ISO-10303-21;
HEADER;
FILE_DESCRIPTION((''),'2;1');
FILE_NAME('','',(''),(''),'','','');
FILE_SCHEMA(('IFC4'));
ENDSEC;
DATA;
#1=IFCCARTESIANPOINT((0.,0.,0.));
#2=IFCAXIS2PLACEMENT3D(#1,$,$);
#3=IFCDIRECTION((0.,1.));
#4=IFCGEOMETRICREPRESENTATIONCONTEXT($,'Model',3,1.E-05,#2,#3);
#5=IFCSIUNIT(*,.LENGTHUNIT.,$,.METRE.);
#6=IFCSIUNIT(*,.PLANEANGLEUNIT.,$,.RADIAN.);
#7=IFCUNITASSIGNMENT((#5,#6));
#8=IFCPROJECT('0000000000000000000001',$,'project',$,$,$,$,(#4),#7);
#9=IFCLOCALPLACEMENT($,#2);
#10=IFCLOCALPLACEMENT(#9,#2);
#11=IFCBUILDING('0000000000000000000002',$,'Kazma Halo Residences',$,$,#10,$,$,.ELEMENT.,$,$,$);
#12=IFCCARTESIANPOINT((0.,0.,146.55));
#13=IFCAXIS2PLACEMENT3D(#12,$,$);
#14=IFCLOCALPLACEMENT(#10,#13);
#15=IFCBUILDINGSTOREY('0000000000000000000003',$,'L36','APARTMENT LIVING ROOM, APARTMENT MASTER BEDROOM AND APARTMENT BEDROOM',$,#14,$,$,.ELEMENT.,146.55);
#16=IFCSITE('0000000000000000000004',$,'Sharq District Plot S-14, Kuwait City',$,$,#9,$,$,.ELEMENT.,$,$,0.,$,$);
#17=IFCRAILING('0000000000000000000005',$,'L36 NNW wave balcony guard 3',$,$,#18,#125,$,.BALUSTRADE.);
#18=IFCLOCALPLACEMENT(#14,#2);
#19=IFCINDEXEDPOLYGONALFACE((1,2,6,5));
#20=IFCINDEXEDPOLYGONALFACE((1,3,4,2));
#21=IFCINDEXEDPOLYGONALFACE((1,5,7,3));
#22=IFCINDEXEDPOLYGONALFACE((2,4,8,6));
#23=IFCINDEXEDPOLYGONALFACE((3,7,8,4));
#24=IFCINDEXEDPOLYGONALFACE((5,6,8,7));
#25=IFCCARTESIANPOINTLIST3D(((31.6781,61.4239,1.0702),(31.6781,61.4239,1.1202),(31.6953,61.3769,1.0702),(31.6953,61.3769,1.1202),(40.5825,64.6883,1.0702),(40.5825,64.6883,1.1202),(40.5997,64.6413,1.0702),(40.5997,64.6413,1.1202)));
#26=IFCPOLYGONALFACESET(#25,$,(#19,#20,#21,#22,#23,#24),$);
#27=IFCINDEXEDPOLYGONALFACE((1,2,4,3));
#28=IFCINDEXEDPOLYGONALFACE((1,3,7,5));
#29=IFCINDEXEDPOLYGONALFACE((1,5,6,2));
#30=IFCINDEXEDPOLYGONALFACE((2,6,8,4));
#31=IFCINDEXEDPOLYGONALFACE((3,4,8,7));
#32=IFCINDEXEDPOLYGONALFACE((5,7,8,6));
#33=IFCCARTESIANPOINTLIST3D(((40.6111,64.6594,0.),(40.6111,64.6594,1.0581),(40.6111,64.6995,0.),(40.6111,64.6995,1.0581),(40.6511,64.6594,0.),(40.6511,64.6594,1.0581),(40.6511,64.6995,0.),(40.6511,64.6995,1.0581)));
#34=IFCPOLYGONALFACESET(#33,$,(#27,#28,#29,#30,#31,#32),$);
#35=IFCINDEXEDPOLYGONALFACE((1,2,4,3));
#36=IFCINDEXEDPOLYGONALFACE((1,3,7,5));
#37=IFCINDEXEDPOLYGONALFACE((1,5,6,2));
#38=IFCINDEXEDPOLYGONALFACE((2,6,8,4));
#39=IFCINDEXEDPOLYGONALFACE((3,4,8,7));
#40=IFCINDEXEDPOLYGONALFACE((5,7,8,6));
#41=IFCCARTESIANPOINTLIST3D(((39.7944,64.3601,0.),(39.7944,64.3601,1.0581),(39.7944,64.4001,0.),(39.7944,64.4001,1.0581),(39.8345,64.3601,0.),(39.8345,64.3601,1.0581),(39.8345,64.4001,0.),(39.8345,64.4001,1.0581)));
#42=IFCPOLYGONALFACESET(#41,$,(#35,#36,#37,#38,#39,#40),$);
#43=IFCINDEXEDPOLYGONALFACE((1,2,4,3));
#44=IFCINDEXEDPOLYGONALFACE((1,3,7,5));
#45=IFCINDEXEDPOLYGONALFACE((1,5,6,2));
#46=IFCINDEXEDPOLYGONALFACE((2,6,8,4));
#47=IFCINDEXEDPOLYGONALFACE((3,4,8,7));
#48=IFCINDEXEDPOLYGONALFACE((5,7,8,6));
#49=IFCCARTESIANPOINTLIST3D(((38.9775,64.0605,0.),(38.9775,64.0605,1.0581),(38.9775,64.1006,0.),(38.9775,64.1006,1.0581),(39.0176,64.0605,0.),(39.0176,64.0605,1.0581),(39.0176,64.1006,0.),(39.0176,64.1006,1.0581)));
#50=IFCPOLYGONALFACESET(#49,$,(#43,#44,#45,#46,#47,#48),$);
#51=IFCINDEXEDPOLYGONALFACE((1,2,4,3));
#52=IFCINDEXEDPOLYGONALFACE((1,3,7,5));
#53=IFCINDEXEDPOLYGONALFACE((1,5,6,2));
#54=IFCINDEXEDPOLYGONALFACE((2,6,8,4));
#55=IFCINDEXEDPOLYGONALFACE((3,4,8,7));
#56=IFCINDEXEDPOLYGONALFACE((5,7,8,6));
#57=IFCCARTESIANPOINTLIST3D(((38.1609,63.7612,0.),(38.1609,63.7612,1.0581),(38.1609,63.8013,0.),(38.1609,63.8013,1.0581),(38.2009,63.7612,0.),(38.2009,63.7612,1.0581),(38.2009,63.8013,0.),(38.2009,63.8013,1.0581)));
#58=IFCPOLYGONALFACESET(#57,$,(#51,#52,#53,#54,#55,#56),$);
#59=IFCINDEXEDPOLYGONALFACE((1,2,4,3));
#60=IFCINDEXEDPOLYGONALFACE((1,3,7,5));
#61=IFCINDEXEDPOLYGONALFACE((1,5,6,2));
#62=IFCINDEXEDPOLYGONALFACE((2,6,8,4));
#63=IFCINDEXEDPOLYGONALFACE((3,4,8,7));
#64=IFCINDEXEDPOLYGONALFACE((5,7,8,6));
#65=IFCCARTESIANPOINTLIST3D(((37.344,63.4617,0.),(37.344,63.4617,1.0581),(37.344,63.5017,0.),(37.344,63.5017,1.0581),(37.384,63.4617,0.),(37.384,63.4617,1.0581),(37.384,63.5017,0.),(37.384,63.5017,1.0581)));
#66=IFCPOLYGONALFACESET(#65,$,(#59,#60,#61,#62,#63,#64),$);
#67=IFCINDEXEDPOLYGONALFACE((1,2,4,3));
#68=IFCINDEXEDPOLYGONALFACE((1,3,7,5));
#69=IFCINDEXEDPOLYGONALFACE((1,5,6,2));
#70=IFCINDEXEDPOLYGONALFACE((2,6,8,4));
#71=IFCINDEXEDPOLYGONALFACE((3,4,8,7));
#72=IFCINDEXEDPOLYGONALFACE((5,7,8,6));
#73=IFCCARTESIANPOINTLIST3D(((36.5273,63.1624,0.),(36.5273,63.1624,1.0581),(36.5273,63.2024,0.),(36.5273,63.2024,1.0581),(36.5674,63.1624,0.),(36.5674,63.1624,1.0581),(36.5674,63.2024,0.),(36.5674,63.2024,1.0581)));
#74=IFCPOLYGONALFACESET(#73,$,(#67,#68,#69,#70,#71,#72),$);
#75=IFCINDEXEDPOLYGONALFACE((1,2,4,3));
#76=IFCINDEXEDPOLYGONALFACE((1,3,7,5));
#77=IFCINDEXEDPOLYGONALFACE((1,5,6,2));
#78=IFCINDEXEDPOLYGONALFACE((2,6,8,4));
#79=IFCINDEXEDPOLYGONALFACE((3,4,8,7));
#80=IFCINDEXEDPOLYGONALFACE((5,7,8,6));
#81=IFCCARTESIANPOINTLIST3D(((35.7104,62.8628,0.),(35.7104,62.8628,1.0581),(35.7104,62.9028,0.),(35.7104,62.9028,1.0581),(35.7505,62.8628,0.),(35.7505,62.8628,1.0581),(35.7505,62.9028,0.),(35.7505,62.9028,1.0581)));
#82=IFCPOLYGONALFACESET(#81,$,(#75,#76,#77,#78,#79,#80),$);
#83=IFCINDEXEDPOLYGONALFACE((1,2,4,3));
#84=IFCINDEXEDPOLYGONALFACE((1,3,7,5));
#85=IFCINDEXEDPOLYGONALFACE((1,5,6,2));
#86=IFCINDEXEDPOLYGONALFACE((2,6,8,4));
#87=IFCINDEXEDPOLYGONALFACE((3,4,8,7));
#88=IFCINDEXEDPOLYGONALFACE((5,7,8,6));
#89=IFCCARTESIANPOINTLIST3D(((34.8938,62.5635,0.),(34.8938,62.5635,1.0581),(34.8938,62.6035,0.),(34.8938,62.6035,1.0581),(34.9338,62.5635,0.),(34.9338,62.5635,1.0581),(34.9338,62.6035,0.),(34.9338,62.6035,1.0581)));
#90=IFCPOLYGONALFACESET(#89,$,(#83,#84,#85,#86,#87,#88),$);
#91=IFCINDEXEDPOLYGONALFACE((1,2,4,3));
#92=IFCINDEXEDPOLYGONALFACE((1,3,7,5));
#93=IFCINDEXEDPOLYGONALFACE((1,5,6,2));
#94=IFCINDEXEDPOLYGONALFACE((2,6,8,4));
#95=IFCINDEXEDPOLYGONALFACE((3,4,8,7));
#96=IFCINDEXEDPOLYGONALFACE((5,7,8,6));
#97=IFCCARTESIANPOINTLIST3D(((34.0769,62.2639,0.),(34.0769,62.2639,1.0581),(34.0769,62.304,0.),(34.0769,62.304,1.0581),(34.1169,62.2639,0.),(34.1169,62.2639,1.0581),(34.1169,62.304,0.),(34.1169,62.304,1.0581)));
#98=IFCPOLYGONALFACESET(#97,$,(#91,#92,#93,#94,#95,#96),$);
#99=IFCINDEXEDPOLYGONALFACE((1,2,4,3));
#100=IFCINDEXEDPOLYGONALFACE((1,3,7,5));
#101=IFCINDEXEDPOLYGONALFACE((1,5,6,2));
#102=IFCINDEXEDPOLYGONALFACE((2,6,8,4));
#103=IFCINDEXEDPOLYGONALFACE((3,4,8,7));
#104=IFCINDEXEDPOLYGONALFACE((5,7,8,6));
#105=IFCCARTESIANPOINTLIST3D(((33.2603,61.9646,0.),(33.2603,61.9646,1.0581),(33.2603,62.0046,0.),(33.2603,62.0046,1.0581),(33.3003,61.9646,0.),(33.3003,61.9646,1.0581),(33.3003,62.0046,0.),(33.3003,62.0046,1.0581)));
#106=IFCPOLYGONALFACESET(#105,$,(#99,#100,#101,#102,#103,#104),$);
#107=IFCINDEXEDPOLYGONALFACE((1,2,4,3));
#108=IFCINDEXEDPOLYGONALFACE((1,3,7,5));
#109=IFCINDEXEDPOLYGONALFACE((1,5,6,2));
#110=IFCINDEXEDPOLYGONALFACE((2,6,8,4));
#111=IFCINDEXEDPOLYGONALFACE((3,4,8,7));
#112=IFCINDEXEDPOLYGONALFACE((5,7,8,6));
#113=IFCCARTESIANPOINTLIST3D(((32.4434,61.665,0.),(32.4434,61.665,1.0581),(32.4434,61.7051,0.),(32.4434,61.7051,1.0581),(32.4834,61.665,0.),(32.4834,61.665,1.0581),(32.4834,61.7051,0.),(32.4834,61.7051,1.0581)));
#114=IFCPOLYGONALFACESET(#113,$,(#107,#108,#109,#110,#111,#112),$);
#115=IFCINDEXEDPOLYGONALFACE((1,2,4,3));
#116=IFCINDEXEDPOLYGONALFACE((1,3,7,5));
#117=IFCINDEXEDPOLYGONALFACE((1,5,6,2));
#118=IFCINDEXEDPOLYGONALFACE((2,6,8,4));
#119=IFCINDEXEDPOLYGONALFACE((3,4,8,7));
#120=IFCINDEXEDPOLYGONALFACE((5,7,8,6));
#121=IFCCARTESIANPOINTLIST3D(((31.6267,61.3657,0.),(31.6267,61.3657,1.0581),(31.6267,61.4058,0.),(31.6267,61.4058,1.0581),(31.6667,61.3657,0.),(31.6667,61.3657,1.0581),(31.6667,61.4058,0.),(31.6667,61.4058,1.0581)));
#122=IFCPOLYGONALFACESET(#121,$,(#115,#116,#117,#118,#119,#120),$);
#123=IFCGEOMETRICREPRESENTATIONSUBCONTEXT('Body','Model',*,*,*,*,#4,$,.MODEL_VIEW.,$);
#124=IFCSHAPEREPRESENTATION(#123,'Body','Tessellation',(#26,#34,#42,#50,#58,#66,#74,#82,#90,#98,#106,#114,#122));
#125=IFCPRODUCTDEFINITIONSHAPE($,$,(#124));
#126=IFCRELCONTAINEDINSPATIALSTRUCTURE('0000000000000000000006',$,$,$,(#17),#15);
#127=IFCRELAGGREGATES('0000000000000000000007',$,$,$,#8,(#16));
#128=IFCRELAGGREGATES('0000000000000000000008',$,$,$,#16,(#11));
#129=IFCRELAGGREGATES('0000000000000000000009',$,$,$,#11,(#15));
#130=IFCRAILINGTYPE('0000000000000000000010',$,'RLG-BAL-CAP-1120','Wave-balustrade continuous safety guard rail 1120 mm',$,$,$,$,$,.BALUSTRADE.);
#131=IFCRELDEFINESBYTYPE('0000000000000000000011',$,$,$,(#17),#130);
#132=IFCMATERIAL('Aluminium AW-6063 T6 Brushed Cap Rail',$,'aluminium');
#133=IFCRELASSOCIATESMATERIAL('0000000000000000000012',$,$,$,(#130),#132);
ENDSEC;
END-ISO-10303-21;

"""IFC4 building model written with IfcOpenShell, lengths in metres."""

from ifc_helpers import new_model, si_unit, direction, frame, origin, origin_2d, place, context, subcontext, project, spatial, rectangle, extrude, material, type_object, element, save


model = new_model("IFC4")

# Units and contexts
model_context = context("Model", 3, precision=1e-05, world=origin(), true_north=direction((0.0, 1.0)))
body_context = subcontext(model_context, "Body", "Model", "MODEL_VIEW")
ifc_project = project(units=[si_unit("LENGTHUNIT", "METRE"), si_unit("PLANEANGLEUNIT", "RADIAN")], contexts=[model_context])

# Site, building, storey
site_placement = place(None, origin())
site = spatial("IfcSite", under=ifc_project, at=site_placement, Name="Sharq District Plot S-14, Kuwait City", CompositionType="ELEMENT", RefElevation=0.0)
building_placement = place(site_placement, origin())
building = spatial("IfcBuilding", under=site, at=building_placement, Name="Kazma Halo Residences", CompositionType="ELEMENT")
storey_placement = place(building_placement, frame((0.0, 0.0, 146.55)))
storey = spatial("IfcBuildingStorey", under=building, at=storey_placement, Name="L36", Description="APARTMENT LIVING ROOM, APARTMENT MASTER BEDROOM AND APARTMENT BEDROOM", CompositionType="ELEMENT", Elevation=146.55)

# Railing
ifc_material_1 = material(Name="Aluminium AW-6063 T6 Brushed Cap Rail", Category="aluminium")
railing_type = type_object("IfcRailingType", Name="RLG-BAL-CAP-1120", Description="Wave-balustrade continuous safety guard rail 1120 mm", PredefinedType="BALUSTRADE", material=ifc_material_1)
railing_placement = place(storey_placement, frame((40.6311, 64.6794, 0.0)))
element("IfcRailing", 1, at=railing_placement, inside=storey, type_object=railing_type, Name="L36 NNW wave balcony guard 3", PredefinedType="BALUSTRADE", context=body_context, shape_type="SweptSolid", body=[
    extrude(rectangle(XDim=0.05, YDim=0.05, at=origin_2d()), frame((-0.04, -0.0146, 1.0952), z_axis=(-0.938896, -0.344202, 0.0), x_axis=(0.344202, -0.938896, 0.0)), (0.0, 0.0, 1.0), 9.4839),
    extrude(rectangle(XDim=0.04, YDim=0.04, at=origin_2d()), origin(), (0.0, 0.0, 1.0), 1.0581),
    extrude(rectangle(XDim=0.04, YDim=0.04, at=origin_2d()), frame((-0.8167, -0.2993, 0.0)), (0.0, 0.0, 1.0), 1.0581),
    extrude(rectangle(XDim=0.04, YDim=0.04, at=origin_2d()), frame((-1.6335, -0.5989, 0.0)), (0.0, 0.0, 1.0), 1.0581),
    extrude(rectangle(XDim=0.04, YDim=0.04, at=origin_2d()), frame((-2.4502, -0.8982, 0.0)), (0.0, 0.0, 1.0), 1.0581),
    extrude(rectangle(XDim=0.04, YDim=0.04, at=origin_2d()), frame((-3.2671, -1.1978, 0.0)), (0.0, 0.0, 1.0), 1.0581),
    extrude(rectangle(XDim=0.04, YDim=0.04, at=origin_2d()), frame((-4.0837, -1.4971, 0.0)), (0.0, 0.0, 1.0), 1.0581),
    extrude(rectangle(XDim=0.04, YDim=0.04, at=origin_2d()), frame((-4.9006, -1.7966, 0.0)), (0.0, 0.0, 1.0), 1.0581),
    extrude(rectangle(XDim=0.04, YDim=0.04, at=origin_2d()), frame((-5.7173, -2.0959, 0.0)), (0.0, 0.0, 1.0), 1.0581),
    extrude(rectangle(XDim=0.04, YDim=0.04, at=origin_2d()), frame((-6.5342, -2.3955, 0.0)), (0.0, 0.0, 1.0), 1.0581),
    extrude(rectangle(XDim=0.04, YDim=0.04, at=origin_2d()), frame((-7.3508, -2.6948, 0.0)), (0.0, 0.0, 1.0), 1.0581),
    extrude(rectangle(XDim=0.04, YDim=0.04, at=origin_2d()), frame((-8.1677, -2.9944, 0.0)), (0.0, 0.0, 1.0), 1.0581),
    extrude(rectangle(XDim=0.04, YDim=0.04, at=origin_2d()), frame((-8.9844, -3.2937, 0.0)), (0.0, 0.0, 1.0), 1.0581),
])

save(model, "model.ifc")
